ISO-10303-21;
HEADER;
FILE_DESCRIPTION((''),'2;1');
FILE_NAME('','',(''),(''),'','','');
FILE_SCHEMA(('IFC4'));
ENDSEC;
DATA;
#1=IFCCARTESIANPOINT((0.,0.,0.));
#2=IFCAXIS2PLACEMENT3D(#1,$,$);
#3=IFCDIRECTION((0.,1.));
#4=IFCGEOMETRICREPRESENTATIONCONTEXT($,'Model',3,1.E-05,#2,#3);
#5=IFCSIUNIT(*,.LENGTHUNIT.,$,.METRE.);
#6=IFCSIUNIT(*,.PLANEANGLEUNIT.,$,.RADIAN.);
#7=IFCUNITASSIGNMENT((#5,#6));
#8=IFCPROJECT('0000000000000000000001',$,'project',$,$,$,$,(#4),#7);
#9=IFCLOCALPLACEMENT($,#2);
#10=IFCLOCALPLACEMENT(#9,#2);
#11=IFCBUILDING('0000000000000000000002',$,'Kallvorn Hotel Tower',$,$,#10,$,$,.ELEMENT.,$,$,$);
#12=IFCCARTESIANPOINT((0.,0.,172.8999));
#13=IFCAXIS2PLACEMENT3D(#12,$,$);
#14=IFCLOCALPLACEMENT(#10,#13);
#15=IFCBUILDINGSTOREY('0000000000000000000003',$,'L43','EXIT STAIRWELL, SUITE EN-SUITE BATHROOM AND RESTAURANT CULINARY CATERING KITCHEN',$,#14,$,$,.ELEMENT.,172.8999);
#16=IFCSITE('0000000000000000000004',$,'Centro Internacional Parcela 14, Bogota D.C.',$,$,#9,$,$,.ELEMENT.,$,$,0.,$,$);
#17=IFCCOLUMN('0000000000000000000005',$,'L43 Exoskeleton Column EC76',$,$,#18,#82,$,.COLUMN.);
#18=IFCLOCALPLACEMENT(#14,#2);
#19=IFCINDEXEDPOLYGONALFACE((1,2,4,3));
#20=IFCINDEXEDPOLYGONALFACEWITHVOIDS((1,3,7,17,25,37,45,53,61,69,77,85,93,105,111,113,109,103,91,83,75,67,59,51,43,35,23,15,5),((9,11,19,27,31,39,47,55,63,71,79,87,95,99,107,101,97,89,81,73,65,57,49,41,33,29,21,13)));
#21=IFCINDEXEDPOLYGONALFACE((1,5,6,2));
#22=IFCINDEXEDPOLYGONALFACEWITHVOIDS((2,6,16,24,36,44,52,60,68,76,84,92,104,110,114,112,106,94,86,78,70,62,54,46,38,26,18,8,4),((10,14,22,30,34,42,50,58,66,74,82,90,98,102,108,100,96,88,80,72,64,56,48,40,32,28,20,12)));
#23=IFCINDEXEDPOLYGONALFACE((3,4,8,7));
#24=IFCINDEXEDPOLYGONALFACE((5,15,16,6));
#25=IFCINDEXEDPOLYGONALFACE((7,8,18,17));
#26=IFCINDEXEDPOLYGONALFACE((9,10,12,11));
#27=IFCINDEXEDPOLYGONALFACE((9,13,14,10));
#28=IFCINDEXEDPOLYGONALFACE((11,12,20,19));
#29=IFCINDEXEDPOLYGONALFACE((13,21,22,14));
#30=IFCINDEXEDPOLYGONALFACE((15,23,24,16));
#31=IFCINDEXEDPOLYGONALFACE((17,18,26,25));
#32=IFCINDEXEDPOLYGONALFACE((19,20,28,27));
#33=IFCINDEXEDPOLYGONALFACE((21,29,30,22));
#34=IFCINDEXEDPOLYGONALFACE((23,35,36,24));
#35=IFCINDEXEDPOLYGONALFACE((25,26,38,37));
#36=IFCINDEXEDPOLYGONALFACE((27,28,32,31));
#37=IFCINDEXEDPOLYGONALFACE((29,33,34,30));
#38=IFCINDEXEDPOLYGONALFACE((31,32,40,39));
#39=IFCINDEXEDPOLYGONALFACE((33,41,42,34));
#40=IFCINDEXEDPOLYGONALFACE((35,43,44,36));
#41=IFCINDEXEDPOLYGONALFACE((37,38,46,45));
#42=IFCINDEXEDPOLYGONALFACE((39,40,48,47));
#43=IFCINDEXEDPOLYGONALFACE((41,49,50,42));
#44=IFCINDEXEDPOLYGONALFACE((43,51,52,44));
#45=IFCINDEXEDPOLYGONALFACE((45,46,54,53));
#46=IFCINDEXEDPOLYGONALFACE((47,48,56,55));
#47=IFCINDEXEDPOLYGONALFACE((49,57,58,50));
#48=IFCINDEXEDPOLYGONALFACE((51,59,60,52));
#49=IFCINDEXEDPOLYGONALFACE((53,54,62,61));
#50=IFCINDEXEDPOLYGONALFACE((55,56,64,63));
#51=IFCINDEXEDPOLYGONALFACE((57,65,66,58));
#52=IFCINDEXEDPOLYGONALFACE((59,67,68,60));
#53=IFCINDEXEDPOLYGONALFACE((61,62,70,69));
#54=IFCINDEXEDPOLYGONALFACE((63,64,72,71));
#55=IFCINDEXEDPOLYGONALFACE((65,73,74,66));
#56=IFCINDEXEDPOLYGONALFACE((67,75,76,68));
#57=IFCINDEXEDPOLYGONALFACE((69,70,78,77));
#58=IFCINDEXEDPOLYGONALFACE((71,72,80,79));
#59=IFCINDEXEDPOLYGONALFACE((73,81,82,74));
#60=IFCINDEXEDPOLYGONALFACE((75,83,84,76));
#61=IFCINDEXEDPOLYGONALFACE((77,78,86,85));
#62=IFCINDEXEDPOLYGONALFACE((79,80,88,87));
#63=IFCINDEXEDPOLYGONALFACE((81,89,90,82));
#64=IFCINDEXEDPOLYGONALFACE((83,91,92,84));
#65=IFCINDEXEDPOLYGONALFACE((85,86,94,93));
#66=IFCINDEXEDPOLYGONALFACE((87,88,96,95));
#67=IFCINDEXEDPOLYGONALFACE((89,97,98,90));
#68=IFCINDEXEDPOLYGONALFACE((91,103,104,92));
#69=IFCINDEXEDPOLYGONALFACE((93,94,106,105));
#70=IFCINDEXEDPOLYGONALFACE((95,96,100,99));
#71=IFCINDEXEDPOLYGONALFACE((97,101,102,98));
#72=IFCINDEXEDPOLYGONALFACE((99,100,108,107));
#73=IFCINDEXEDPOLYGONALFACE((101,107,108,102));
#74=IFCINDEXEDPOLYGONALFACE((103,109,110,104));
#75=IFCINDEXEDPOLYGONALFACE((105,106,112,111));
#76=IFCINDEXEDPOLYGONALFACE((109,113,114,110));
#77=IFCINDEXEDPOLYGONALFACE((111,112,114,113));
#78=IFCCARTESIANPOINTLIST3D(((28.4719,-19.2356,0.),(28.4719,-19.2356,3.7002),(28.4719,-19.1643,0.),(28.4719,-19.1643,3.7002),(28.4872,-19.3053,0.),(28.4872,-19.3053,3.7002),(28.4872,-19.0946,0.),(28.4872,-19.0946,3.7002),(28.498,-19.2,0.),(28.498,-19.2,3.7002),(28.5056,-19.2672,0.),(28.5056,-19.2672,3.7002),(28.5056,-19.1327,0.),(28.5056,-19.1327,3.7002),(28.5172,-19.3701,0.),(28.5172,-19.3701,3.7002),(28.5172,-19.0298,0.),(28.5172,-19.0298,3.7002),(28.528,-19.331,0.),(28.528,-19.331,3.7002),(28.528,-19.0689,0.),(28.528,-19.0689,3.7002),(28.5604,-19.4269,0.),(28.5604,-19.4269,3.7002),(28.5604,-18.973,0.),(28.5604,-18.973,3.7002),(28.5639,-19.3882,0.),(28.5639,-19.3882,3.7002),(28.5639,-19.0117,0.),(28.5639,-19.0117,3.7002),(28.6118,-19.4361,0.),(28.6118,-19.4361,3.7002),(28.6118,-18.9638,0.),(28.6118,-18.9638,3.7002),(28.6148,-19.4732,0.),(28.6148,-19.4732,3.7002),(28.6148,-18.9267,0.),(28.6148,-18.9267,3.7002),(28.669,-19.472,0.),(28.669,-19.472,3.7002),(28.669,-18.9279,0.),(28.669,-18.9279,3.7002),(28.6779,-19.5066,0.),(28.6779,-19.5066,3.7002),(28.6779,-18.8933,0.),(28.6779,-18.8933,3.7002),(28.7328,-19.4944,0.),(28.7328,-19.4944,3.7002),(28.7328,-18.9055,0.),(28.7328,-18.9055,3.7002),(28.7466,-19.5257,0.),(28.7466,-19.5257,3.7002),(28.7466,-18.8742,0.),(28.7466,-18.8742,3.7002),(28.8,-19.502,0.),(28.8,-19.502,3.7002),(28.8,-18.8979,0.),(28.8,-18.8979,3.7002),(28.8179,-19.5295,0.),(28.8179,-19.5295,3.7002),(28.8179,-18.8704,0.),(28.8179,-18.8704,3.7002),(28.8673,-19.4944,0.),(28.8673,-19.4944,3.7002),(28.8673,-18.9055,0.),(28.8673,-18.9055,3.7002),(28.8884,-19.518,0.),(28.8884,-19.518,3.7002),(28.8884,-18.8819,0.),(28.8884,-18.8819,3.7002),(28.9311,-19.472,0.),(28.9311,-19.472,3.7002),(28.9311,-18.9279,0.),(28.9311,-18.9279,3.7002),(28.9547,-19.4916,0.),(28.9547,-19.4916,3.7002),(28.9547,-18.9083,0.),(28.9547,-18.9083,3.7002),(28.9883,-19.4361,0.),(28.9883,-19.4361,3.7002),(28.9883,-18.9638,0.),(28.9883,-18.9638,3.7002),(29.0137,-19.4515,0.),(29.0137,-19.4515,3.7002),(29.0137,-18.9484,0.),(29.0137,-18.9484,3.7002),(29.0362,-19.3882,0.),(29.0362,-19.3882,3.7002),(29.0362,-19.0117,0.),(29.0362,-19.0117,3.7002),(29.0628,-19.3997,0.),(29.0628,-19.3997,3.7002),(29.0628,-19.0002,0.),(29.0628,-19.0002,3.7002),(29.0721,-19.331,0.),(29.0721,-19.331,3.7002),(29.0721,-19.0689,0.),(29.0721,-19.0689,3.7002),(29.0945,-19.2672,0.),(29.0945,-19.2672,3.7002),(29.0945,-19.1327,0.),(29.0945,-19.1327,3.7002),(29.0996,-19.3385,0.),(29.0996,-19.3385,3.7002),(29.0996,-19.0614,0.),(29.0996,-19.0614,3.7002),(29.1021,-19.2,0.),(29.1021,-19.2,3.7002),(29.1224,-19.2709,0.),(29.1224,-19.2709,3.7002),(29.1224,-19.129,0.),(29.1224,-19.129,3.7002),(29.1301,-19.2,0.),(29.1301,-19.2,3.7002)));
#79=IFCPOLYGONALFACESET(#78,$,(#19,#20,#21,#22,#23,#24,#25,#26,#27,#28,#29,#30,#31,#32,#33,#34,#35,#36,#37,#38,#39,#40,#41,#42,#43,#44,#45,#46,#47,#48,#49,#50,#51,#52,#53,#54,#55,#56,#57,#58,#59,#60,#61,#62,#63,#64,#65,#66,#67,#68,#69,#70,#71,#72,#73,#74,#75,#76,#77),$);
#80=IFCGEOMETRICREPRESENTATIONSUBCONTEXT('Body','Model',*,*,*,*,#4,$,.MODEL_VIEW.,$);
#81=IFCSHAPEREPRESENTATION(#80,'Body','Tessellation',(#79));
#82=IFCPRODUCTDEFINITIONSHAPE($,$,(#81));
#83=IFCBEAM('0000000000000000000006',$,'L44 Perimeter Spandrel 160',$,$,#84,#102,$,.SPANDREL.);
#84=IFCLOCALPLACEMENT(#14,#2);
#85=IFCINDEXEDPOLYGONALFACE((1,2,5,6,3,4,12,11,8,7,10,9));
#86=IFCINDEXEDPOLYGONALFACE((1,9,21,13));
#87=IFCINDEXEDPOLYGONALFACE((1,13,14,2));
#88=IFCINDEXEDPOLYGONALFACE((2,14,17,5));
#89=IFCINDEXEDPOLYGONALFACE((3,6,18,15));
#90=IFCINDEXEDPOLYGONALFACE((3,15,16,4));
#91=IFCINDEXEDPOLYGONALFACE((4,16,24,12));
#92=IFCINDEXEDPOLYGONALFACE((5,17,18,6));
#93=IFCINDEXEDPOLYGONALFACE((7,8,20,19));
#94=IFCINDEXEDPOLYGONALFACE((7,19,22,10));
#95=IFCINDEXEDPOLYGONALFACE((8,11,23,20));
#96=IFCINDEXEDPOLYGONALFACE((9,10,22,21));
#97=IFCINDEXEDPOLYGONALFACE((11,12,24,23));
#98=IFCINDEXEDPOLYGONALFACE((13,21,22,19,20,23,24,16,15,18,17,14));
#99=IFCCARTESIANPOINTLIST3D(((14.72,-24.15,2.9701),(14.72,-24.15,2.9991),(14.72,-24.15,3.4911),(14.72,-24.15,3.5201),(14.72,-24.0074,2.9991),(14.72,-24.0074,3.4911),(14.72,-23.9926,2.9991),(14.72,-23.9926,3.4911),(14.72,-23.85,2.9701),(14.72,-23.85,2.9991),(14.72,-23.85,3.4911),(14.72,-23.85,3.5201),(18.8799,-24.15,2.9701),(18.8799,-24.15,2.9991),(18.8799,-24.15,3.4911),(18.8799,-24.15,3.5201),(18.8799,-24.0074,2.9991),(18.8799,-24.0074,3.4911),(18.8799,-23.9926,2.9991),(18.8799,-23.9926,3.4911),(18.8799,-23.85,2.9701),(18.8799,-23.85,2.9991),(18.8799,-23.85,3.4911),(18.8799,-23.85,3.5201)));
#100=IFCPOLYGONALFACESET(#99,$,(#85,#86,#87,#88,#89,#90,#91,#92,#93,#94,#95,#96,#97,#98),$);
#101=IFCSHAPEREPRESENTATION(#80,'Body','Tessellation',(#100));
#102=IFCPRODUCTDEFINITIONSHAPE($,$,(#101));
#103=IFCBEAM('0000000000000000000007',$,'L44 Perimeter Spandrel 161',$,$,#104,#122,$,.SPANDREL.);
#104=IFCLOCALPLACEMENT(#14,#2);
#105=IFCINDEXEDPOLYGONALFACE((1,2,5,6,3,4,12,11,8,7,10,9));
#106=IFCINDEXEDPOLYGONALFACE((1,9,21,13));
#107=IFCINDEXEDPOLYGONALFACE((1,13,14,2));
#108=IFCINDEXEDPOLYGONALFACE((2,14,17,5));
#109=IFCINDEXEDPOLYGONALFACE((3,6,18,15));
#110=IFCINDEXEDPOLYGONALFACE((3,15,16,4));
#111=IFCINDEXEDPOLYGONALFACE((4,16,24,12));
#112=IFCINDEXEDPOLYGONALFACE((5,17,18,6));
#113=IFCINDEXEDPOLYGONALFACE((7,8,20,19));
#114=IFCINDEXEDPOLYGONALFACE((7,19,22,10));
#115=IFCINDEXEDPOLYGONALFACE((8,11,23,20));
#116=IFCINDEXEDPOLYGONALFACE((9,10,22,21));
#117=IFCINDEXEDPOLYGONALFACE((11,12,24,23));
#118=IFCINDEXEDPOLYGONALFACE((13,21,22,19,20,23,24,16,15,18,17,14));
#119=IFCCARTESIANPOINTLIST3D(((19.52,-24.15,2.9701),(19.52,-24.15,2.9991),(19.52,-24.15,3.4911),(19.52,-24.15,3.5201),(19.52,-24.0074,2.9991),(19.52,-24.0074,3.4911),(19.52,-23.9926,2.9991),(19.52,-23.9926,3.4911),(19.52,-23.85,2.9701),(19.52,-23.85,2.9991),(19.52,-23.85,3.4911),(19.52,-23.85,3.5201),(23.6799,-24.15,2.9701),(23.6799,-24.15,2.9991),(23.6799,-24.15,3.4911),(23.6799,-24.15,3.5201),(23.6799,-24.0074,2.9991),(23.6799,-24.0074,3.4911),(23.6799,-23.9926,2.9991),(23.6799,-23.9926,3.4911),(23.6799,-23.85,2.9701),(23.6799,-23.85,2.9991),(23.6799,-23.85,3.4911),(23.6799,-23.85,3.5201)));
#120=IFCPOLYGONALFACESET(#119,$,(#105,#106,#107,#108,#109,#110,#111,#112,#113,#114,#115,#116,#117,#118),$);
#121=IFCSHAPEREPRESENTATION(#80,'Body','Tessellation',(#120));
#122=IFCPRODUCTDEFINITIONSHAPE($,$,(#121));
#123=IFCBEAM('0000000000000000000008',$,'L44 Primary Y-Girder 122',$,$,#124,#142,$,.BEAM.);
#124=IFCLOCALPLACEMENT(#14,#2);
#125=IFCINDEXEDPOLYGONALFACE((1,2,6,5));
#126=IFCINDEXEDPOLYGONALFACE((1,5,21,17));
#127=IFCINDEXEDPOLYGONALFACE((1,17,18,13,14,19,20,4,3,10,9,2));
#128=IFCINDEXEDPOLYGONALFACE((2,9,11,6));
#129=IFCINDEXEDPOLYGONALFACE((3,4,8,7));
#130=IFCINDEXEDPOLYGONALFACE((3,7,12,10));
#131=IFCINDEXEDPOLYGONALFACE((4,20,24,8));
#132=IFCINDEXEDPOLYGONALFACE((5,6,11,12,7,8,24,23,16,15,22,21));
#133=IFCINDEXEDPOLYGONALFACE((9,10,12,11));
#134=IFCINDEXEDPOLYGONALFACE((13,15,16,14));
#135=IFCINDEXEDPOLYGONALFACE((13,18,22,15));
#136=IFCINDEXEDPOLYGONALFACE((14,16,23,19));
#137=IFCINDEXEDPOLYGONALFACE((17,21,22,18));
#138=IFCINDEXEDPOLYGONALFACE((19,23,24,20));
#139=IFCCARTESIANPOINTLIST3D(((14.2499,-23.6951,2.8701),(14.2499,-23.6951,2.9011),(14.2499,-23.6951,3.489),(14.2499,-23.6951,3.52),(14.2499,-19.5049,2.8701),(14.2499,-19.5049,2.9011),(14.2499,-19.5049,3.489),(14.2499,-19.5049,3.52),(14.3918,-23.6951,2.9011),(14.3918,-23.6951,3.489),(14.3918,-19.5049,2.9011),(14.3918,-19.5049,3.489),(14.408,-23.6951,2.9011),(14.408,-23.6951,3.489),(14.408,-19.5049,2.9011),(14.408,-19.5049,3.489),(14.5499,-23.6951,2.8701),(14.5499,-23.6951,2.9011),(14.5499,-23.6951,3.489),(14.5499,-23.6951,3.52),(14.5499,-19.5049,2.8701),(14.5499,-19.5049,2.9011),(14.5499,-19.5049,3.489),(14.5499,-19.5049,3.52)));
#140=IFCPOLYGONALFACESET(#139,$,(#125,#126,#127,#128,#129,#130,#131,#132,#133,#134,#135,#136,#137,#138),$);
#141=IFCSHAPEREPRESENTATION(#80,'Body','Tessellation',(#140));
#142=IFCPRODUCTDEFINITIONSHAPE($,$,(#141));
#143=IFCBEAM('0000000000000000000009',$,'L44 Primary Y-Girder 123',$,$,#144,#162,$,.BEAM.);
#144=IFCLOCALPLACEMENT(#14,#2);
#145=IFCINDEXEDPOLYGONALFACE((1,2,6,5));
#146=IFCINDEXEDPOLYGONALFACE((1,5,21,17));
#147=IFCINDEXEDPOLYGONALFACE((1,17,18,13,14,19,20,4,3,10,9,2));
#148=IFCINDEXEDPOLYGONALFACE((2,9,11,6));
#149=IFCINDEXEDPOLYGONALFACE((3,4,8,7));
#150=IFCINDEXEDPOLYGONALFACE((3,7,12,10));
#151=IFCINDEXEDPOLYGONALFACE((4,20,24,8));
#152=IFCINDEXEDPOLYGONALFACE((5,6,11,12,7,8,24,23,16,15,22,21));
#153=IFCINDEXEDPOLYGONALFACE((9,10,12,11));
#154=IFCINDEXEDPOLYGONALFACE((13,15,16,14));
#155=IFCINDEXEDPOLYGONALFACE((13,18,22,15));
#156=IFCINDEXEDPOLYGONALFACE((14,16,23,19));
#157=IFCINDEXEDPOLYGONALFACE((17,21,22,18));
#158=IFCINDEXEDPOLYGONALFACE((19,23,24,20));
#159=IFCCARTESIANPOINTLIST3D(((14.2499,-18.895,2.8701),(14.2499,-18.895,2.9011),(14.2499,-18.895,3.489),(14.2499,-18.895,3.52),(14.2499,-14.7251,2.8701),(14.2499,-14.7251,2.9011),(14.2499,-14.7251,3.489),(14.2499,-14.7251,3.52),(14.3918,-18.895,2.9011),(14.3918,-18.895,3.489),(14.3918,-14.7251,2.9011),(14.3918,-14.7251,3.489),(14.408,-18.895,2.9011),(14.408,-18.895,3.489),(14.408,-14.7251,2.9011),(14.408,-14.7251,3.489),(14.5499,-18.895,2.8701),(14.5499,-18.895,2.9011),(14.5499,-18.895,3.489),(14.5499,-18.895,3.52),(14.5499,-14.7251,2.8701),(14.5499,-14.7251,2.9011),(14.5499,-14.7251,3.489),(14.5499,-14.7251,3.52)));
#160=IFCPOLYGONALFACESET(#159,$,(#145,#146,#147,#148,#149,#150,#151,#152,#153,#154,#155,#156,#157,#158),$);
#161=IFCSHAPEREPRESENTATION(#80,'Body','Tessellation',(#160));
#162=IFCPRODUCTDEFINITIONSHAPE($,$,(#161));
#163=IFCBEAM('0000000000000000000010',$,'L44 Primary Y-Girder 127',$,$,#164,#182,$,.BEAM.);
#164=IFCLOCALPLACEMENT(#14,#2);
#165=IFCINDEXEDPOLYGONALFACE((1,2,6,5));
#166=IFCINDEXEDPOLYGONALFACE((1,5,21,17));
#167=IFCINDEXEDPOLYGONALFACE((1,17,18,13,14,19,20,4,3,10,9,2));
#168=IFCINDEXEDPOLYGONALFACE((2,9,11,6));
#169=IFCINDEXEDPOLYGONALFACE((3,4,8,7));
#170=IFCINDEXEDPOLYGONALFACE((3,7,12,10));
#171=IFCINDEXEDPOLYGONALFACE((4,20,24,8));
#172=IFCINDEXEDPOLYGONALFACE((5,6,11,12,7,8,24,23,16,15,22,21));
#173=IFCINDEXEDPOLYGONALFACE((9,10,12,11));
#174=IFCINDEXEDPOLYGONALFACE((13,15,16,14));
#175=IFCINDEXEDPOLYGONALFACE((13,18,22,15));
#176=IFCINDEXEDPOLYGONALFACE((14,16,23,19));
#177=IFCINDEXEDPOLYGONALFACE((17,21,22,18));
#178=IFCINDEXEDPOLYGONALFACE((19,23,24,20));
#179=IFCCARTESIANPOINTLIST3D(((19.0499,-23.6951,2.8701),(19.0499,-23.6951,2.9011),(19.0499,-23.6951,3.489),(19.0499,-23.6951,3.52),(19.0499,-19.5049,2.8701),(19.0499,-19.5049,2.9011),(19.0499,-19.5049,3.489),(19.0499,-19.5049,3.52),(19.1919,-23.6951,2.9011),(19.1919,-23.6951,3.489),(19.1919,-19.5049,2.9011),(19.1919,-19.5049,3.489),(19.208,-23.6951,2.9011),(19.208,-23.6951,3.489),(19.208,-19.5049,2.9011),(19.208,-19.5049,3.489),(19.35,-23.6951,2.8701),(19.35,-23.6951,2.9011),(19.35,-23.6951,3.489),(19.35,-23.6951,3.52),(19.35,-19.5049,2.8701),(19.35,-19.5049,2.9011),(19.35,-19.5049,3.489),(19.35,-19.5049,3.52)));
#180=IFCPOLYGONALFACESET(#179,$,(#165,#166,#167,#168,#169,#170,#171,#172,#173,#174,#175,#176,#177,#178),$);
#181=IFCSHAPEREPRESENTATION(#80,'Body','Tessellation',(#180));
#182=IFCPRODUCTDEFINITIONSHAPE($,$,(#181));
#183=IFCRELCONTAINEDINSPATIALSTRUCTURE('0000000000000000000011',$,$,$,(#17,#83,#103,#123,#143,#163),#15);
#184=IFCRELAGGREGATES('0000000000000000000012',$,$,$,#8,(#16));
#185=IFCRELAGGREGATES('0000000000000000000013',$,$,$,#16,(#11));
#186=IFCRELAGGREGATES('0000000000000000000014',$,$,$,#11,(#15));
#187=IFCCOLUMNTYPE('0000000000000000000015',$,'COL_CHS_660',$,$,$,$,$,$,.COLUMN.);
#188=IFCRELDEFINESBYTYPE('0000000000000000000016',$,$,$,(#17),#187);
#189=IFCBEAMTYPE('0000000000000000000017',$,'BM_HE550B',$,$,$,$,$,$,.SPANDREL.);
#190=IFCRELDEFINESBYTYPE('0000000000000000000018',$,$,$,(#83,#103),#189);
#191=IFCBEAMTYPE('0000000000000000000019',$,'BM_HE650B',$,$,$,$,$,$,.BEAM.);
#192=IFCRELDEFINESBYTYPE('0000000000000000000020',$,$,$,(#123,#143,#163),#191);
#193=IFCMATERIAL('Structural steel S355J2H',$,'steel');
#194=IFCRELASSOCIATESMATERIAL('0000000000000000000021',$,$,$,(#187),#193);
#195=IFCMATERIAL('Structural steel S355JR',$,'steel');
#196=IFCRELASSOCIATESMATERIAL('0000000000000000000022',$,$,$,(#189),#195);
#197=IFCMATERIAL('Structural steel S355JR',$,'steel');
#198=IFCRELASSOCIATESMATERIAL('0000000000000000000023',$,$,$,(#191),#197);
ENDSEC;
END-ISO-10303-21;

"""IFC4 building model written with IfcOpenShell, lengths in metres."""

from ifc_helpers import new_model, si_unit, direction, frame, origin, origin_2d, place, context, subcontext, project, spatial, hollow_circle, i_section, extrude, material, material_profile, profile_set, type_object, element, save


model = new_model("IFC4")

# Units and contexts
model_context = context("Model", 3, precision=1e-05, world=origin(), true_north=direction((0.0, 1.0)))
body_context = subcontext(model_context, "Body", "Model", "MODEL_VIEW")
ifc_project = project(units=[si_unit("LENGTHUNIT", "METRE"), si_unit("PLANEANGLEUNIT", "RADIAN")], contexts=[model_context])

# Site, building, storey
site_placement = place(None, origin())
site = spatial("IfcSite", under=ifc_project, at=site_placement, Name="Centro Internacional Parcela 14, Bogota D.C.", CompositionType="ELEMENT", RefElevation=0.0)
building_placement = place(site_placement, origin())
building = spatial("IfcBuilding", under=site, at=building_placement, Name="Kallvorn Hotel Tower", CompositionType="ELEMENT")
storey_placement = place(building_placement, frame((0.0, 0.0, 172.8999)))
storey = spatial("IfcBuildingStorey", under=building, at=storey_placement, Name="L43", Description="EXIT STAIRWELL, SUITE EN-SUITE BATHROOM AND RESTAURANT CULINARY CATERING KITCHEN", CompositionType="ELEMENT", Elevation=172.8999)

# Column
ifc_material_1 = material(Name="Structural steel S355J2H", Category="steel")
ifc_material_profile_1 = material_profile(ifc_material_1, hollow_circle(Radius=0.3301, WallThickness=0.0281, at=origin_2d()), Name="CHS 660x28")
ifc_profile_set_1 = profile_set([ifc_material_profile_1], Name="Structural steel S355J2H")
column_type = type_object("IfcColumnType", Name="COL_CHS_660", PredefinedType="COLUMN", material=ifc_profile_set_1)
for number, where, z_axis, x_axis, name in (
    (1, (28.8, -19.2, 0.0), (0.0, 0.0, 1.0), (1.0, 0.0, 0.0), "L43 Exoskeleton Column EC76"),
):
    element("IfcColumn", number, at=place(storey_placement, frame(where, z_axis=z_axis, x_axis=x_axis)), inside=storey, type_object=column_type, Name=name, PredefinedType="COLUMN", context=body_context, shape_type="SweptSolid", body=[
        extrude(hollow_circle(Radius=0.3301, WallThickness=0.0281, at=origin_2d()), origin(), (0.0, 0.0, 1.0), 3.7002),
    ])

# Beams
ifc_material_2 = material(Name="Structural steel S355JR", Category="steel")
ifc_material_profile_2 = material_profile(ifc_material_2, i_section(OverallWidth=0.3, OverallDepth=0.55, WebThickness=0.0149, FlangeThickness=0.0291, at=origin_2d()), Name="HE 550 B")
ifc_profile_set_2 = profile_set([ifc_material_profile_2], Name="Structural steel S355JR")
beam_type_1 = type_object("IfcBeamType", Name="BM_HE550B", PredefinedType="SPANDREL", material=ifc_profile_set_2)
for number, where, z_axis, x_axis, name in (
    (2, (14.72, -24.0, 3.2451), (1.0, 0.0, 0.0), (0.0, 1.0, 0.0), "L44 Perimeter Spandrel 160"),
    (3, (19.52, -24.0, 3.2451), (1.0, 0.0, 0.0), (0.0, 1.0, 0.0), "L44 Perimeter Spandrel 161"),
):
    element("IfcBeam", number, at=place(storey_placement, frame(where, z_axis=z_axis, x_axis=x_axis)), inside=storey, type_object=beam_type_1, Name=name, PredefinedType="SPANDREL", context=body_context, shape_type="SweptSolid", body=[
        extrude(i_section(OverallWidth=0.3, OverallDepth=0.55, WebThickness=0.0149, FlangeThickness=0.0291, at=origin_2d()), origin(), (0.0, 0.0, 1.0), 4.1599),
    ])
ifc_material_3 = material(Name="Structural steel S355JR", Category="steel")
ifc_material_profile_3 = material_profile(ifc_material_3, i_section(OverallWidth=0.3, OverallDepth=0.6499, WebThickness=0.0161, FlangeThickness=0.031, at=origin_2d()), Name="HE 650 B")
ifc_profile_set_3 = profile_set([ifc_material_profile_3], Name="Structural steel S355JR")
beam_type_2 = type_object("IfcBeamType", Name="BM_HE650B", PredefinedType="BEAM", material=ifc_profile_set_3)
beam_1_placement = place(storey_placement, frame((14.3999, -23.6951, 3.1951), z_axis=(0.0, 1.0, 0.0), x_axis=(-1.0, 0.0, 0.0)))
element("IfcBeam", 4, at=beam_1_placement, inside=storey, type_object=beam_type_2, Name="L44 Primary Y-Girder 122", PredefinedType="BEAM", context=body_context, shape_type="SweptSolid", body=[
    extrude(i_section(OverallWidth=0.3, OverallDepth=0.6499, WebThickness=0.0161, FlangeThickness=0.031, at=origin_2d()), origin(), (0.0, 0.0, 1.0), 4.1902),
])
beam_2_placement = place(storey_placement, frame((14.3999, -18.895, 3.1951), z_axis=(0.0, 1.0, 0.0), x_axis=(-1.0, 0.0, 0.0)))
element("IfcBeam", 5, at=beam_2_placement, inside=storey, type_object=beam_type_2, Name="L44 Primary Y-Girder 123", PredefinedType="BEAM", context=body_context, shape_type="SweptSolid", body=[
    extrude(i_section(OverallWidth=0.3, OverallDepth=0.6499, WebThickness=0.0161, FlangeThickness=0.031, at=origin_2d()), origin(), (0.0, 0.0, 1.0), 4.1699),
])
beam_3_placement = place(storey_placement, frame((19.2, -23.6951, 3.1951), z_axis=(0.0, 1.0, 0.0), x_axis=(-1.0, 0.0, 0.0)))
element("IfcBeam", 6, at=beam_3_placement, inside=storey, type_object=beam_type_2, Name="L44 Primary Y-Girder 127", PredefinedType="BEAM", context=body_context, shape_type="SweptSolid", body=[
    extrude(i_section(OverallWidth=0.3, OverallDepth=0.6499, WebThickness=0.0161, FlangeThickness=0.031, at=origin_2d()), origin(), (0.0, 0.0, 1.0), 4.1902),
])

save(model, "model.ifc")
